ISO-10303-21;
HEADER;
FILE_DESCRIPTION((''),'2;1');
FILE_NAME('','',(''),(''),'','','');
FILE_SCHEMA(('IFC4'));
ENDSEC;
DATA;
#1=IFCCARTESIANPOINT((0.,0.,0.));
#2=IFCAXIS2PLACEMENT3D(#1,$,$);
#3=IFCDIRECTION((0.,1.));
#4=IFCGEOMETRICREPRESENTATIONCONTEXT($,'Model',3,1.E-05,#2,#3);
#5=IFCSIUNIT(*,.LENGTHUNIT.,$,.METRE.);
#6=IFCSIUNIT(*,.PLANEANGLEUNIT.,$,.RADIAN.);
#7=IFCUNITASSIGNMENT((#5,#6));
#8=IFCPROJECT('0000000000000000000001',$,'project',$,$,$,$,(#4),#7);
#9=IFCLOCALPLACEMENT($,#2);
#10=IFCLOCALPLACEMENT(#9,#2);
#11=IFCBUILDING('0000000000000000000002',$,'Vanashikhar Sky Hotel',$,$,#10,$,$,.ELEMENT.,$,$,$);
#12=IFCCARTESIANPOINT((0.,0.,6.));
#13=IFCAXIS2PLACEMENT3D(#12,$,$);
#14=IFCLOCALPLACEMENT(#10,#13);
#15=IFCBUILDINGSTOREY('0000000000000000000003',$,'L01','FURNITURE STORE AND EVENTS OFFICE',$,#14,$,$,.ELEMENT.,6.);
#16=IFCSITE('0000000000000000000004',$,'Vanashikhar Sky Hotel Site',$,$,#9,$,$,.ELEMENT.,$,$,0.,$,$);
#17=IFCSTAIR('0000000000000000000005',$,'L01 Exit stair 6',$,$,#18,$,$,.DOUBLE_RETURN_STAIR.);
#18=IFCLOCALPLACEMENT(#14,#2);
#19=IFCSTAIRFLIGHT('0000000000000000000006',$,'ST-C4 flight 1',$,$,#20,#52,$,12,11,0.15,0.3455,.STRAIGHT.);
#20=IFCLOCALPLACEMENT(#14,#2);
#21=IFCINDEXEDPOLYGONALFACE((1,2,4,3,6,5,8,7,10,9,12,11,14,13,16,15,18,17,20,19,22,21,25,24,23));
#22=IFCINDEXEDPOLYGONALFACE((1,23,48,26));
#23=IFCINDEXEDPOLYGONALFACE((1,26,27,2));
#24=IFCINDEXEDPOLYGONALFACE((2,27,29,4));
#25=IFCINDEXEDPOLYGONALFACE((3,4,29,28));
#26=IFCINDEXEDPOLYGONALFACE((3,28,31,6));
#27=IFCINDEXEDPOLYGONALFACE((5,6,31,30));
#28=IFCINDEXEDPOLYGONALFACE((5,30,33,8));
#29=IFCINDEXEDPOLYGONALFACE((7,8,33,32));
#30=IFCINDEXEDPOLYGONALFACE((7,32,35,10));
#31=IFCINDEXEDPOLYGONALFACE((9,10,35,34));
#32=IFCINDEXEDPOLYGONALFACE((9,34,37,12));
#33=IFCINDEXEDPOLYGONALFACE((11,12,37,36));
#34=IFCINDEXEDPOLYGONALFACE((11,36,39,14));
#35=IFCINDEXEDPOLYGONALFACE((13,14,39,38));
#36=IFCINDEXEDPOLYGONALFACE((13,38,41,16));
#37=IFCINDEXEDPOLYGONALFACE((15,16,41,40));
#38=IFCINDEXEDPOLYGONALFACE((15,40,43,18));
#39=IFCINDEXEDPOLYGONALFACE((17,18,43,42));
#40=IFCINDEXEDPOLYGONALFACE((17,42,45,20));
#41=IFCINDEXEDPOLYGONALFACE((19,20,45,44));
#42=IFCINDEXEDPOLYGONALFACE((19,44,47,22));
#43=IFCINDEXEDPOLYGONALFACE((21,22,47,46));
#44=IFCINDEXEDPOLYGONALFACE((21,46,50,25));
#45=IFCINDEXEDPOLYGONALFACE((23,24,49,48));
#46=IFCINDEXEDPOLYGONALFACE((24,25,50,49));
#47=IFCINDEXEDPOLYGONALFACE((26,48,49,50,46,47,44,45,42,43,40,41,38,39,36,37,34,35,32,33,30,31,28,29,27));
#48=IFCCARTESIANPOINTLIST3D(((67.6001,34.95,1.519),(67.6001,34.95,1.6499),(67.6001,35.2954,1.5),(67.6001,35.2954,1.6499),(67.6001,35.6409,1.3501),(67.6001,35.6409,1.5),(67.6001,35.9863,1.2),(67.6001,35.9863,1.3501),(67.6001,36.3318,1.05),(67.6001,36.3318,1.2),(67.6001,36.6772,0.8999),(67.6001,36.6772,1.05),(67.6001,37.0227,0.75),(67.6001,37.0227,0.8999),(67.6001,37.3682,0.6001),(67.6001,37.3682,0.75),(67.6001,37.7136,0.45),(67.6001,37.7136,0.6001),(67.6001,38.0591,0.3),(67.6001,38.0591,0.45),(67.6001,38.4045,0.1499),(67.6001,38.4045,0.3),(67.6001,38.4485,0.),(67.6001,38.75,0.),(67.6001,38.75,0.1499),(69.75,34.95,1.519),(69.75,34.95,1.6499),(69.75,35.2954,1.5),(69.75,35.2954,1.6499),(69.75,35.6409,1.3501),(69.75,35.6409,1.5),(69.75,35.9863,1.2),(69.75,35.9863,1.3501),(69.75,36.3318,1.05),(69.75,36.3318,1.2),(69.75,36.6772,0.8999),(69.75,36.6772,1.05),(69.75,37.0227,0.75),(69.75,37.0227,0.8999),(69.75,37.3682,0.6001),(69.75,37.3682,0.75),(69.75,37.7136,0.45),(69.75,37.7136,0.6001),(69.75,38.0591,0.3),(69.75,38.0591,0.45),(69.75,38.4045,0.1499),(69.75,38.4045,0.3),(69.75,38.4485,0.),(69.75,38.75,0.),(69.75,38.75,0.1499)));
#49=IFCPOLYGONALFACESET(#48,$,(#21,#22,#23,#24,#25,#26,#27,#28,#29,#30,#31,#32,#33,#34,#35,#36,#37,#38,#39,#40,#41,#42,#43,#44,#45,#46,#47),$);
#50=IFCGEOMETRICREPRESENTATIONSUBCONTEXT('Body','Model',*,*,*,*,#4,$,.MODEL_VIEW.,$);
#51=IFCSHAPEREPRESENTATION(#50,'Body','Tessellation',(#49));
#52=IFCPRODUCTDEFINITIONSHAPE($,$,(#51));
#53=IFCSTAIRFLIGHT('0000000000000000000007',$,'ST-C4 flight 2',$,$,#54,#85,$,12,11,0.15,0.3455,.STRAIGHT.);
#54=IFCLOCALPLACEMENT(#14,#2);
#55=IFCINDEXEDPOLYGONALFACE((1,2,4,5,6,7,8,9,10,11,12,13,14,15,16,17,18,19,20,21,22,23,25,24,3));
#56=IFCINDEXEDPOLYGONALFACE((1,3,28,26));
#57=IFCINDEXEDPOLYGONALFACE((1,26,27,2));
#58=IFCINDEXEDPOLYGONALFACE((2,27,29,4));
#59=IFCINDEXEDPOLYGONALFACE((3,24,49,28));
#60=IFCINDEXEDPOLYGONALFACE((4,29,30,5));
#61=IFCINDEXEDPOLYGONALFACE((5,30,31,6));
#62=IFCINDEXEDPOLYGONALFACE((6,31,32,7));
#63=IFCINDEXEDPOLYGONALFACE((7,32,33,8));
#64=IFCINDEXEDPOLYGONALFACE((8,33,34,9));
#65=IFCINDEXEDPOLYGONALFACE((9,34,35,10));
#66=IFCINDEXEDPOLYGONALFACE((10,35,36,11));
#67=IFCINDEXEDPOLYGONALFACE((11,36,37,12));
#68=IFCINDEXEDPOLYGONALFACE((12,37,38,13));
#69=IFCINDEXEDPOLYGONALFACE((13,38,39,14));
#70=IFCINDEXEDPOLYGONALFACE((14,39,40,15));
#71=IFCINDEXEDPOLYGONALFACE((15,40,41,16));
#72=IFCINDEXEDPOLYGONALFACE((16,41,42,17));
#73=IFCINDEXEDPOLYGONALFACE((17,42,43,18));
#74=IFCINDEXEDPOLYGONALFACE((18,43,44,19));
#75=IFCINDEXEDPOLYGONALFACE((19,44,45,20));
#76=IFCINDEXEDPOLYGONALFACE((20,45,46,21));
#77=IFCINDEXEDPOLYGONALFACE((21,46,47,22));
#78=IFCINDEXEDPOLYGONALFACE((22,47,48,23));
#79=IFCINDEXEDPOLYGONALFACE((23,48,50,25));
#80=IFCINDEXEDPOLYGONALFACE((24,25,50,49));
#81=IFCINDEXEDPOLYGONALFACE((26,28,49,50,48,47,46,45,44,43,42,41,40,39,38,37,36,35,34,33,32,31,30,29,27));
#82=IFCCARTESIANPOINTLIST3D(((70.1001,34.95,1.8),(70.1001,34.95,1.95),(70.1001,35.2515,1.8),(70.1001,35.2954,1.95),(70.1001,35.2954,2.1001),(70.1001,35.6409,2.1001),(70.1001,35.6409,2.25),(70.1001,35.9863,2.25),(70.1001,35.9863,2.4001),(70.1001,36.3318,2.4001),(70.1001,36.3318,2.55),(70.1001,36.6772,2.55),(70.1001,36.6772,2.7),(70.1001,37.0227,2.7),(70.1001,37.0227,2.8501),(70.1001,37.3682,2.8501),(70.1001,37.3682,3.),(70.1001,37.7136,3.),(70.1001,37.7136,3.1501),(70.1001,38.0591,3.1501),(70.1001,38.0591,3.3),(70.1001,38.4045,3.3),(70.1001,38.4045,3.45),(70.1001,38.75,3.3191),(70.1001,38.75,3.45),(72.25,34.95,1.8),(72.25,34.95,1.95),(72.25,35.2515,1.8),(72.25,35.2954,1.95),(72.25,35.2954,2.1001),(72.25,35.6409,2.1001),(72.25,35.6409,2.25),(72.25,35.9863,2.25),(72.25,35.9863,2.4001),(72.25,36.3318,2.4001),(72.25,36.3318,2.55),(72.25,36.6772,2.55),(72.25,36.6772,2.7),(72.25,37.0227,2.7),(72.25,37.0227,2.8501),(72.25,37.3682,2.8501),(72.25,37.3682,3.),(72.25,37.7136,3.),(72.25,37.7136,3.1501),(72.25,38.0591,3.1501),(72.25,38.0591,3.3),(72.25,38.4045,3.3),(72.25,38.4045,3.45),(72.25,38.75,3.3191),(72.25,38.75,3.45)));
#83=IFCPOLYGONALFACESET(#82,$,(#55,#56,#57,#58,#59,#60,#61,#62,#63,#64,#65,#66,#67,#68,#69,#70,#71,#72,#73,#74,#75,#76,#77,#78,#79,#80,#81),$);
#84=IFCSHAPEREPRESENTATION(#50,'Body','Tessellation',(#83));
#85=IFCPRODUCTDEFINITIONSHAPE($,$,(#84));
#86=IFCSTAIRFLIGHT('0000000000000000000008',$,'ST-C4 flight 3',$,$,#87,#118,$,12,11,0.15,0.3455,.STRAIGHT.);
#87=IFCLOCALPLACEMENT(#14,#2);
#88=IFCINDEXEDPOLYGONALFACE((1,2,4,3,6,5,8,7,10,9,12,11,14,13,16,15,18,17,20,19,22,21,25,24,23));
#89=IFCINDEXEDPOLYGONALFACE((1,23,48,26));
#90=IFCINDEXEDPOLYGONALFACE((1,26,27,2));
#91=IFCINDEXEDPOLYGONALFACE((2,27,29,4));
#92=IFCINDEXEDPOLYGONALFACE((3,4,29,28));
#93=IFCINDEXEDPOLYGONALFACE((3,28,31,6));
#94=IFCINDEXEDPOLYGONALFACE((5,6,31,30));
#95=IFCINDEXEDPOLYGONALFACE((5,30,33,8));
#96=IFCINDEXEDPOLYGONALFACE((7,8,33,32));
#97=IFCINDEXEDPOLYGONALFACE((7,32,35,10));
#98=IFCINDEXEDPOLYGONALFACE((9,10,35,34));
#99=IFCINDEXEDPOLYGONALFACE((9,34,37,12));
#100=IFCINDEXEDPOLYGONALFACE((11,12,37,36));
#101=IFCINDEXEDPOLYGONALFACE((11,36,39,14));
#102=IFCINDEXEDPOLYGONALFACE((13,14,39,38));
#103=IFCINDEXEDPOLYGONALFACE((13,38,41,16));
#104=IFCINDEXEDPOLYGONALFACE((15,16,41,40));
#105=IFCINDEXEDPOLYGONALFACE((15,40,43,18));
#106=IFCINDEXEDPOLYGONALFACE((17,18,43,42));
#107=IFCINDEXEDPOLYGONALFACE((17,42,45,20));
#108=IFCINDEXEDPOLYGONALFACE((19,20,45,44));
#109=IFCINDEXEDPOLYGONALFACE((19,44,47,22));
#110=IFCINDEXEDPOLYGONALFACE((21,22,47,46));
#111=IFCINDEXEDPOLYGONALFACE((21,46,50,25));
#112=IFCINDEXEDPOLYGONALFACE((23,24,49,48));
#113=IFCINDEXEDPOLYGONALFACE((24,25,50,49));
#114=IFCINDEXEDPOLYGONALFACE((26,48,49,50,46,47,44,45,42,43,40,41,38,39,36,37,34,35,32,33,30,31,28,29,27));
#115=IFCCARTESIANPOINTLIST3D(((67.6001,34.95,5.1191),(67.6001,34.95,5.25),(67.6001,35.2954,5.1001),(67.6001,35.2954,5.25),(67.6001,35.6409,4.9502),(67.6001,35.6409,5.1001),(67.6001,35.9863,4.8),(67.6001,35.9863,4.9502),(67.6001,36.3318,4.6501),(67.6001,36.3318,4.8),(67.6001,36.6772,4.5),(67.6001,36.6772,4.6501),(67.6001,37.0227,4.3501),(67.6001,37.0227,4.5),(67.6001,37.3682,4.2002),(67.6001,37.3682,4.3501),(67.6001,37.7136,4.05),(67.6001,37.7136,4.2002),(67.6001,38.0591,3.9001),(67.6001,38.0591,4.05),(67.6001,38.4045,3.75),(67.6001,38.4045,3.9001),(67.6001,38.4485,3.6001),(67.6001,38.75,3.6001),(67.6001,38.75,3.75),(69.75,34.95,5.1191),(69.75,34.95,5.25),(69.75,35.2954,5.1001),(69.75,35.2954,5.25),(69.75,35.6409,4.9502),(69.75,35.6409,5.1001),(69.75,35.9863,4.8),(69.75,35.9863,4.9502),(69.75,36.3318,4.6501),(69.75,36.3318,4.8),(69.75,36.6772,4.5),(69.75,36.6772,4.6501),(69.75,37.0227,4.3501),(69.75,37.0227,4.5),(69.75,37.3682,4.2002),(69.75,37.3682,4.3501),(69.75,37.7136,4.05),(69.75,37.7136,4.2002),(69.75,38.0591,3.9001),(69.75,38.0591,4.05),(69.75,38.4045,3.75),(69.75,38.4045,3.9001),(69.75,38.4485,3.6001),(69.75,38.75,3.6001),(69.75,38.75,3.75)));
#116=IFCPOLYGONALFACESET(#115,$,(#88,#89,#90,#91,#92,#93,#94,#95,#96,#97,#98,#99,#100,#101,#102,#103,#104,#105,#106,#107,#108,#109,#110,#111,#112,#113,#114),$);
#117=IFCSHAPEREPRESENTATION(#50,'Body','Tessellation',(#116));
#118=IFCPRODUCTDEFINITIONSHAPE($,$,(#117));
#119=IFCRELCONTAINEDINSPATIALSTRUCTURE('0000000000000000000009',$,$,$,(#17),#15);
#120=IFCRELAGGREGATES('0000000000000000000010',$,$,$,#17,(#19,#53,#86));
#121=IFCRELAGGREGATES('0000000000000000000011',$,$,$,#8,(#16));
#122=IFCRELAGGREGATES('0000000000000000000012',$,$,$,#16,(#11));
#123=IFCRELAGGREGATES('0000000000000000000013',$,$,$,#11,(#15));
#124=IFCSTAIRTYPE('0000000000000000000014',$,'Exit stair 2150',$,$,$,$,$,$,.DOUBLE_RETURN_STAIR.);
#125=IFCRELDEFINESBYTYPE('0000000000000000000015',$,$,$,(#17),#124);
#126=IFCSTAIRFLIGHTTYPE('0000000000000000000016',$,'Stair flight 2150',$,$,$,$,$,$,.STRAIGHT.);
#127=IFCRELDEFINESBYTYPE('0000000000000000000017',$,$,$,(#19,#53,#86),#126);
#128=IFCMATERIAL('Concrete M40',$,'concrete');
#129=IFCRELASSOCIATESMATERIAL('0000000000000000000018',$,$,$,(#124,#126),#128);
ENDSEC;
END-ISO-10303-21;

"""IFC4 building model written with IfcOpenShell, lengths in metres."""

from ifc_helpers import new_model, si_unit, direction, frame, origin, place, context, subcontext, project, spatial, polyline, outline, extrude, source, transform, mapped, material, type_object, element, aggregate, save


model = new_model("IFC4")

# Units and contexts
model_context = context("Model", 3, precision=1e-05, world=origin(), true_north=direction((0.0, 1.0)))
body_context = subcontext(model_context, "Body", "Model", "MODEL_VIEW")
ifc_project = project(units=[si_unit("LENGTHUNIT", "METRE"), si_unit("PLANEANGLEUNIT", "RADIAN")], contexts=[model_context])

# Site, building, storey
site_placement = place(None, origin())
site = spatial("IfcSite", under=ifc_project, at=site_placement, Name="Vanashikhar Sky Hotel Site", CompositionType="ELEMENT", RefElevation=0.0)
building_placement = place(site_placement, origin())
building = spatial("IfcBuilding", under=site, at=building_placement, Name="Vanashikhar Sky Hotel", CompositionType="ELEMENT")
storey_placement = place(building_placement, frame((0.0, 0.0, 6.0)))
storey = spatial("IfcBuildingStorey", under=building, at=storey_placement, Name="L01", Description="FURNITURE STORE AND EVENTS OFFICE", CompositionType="ELEMENT", Elevation=6.0)

# Stair, stair flights
ifc_material_1 = material(Name="Concrete M40", Category="concrete")
stair_type = type_object("IfcStairType", Name="Exit stair 2150", PredefinedType="DOUBLE_RETURN_STAIR", material=ifc_material_1)
stair_flight_type = type_object("IfcStairFlightType", Name="Stair flight 2150", PredefinedType="STRAIGHT", material=ifc_material_1)
shared_shape_1 = source(origin(), body_context, "Body", "SweptSolid", [
    extrude(outline(polyline([(0.0, 0.0), (0.0, 0.1499), (0.3455, 0.1499), (0.3455, 0.3), (0.6909, 0.3), (0.6909, 0.45), (1.0364, 0.45), (1.0364, 0.6001), (1.3818, 0.6001), (1.3818, 0.75), (1.7273, 0.75), (1.7273, 0.8999), (2.0728, 0.8999), (2.0728, 1.05), (2.4182, 1.05), (2.4182, 1.2), (2.7637, 1.2), (2.7637, 1.3501), (3.1091, 1.3501), (3.1091, 1.5), (3.4546, 1.5), (3.4546, 1.6499), (3.8, 1.6499), (3.8, 1.8), (3.8, 1.519), (0.3015, 0.0), (0.0, 0.0)])), frame((0.0, 1.075, 0.0), z_axis=(0.0, -1.0, 0.0), x_axis=(1.0, 0.0, 0.0)), (0.0, 0.0, 1.0), 2.1499),
])
stair_1_placement = place(storey_placement, origin())
stair_1 = element("IfcStair", 1, at=stair_1_placement, inside=storey, type_object=stair_type, Name="L01 Exit stair 6", PredefinedType="DOUBLE_RETURN_STAIR")
stair_flight_1_placement = place(storey_placement, frame((68.675, 38.75, 0.0), z_axis=(0.0, 0.0, 1.0), x_axis=(0.0, -1.0, 0.0)))
stair_flight_1 = element("IfcStairFlight", 2, at=stair_flight_1_placement, type_object=stair_flight_type, Name="ST-C4 flight 1", NumberOfRisers=12, NumberOfTreads=11, PredefinedType="STRAIGHT", RiserHeight=0.15, TreadLength=0.3455, context=body_context, shape_type="MappedRepresentation", body=[
    mapped(shared_shape_1, transform((0.0, 0.0, 0.0), scale=1.0)),
])
stair_flight_2_placement = place(storey_placement, frame((71.175, 34.95, 1.8), z_axis=(0.0, 0.0, 1.0), x_axis=(0.0, 1.0, 0.0)))
stair_flight_2 = element("IfcStairFlight", 3, at=stair_flight_2_placement, type_object=stair_flight_type, Name="ST-C4 flight 2", NumberOfRisers=12, NumberOfTreads=11, PredefinedType="STRAIGHT", RiserHeight=0.15, TreadLength=0.3455, context=body_context, shape_type="MappedRepresentation", body=[
    mapped(shared_shape_1, transform((0.0, 0.0, 0.0), scale=1.0)),
])
stair_flight_3_placement = place(storey_placement, frame((68.675, 38.75, 3.6001), z_axis=(0.0, 0.0, 1.0), x_axis=(0.0, -1.0, 0.0)))
stair_flight_3 = element("IfcStairFlight", 4, at=stair_flight_3_placement, type_object=stair_flight_type, Name="ST-C4 flight 3", NumberOfRisers=12, NumberOfTreads=11, PredefinedType="STRAIGHT", RiserHeight=0.15, TreadLength=0.3455, context=body_context, shape_type="MappedRepresentation", body=[
    mapped(shared_shape_1, transform((0.0, 0.0, 0.0), scale=1.0)),
])
aggregate(stair_1, [stair_flight_1, stair_flight_2, stair_flight_3])

save(model, "model.ifc")
